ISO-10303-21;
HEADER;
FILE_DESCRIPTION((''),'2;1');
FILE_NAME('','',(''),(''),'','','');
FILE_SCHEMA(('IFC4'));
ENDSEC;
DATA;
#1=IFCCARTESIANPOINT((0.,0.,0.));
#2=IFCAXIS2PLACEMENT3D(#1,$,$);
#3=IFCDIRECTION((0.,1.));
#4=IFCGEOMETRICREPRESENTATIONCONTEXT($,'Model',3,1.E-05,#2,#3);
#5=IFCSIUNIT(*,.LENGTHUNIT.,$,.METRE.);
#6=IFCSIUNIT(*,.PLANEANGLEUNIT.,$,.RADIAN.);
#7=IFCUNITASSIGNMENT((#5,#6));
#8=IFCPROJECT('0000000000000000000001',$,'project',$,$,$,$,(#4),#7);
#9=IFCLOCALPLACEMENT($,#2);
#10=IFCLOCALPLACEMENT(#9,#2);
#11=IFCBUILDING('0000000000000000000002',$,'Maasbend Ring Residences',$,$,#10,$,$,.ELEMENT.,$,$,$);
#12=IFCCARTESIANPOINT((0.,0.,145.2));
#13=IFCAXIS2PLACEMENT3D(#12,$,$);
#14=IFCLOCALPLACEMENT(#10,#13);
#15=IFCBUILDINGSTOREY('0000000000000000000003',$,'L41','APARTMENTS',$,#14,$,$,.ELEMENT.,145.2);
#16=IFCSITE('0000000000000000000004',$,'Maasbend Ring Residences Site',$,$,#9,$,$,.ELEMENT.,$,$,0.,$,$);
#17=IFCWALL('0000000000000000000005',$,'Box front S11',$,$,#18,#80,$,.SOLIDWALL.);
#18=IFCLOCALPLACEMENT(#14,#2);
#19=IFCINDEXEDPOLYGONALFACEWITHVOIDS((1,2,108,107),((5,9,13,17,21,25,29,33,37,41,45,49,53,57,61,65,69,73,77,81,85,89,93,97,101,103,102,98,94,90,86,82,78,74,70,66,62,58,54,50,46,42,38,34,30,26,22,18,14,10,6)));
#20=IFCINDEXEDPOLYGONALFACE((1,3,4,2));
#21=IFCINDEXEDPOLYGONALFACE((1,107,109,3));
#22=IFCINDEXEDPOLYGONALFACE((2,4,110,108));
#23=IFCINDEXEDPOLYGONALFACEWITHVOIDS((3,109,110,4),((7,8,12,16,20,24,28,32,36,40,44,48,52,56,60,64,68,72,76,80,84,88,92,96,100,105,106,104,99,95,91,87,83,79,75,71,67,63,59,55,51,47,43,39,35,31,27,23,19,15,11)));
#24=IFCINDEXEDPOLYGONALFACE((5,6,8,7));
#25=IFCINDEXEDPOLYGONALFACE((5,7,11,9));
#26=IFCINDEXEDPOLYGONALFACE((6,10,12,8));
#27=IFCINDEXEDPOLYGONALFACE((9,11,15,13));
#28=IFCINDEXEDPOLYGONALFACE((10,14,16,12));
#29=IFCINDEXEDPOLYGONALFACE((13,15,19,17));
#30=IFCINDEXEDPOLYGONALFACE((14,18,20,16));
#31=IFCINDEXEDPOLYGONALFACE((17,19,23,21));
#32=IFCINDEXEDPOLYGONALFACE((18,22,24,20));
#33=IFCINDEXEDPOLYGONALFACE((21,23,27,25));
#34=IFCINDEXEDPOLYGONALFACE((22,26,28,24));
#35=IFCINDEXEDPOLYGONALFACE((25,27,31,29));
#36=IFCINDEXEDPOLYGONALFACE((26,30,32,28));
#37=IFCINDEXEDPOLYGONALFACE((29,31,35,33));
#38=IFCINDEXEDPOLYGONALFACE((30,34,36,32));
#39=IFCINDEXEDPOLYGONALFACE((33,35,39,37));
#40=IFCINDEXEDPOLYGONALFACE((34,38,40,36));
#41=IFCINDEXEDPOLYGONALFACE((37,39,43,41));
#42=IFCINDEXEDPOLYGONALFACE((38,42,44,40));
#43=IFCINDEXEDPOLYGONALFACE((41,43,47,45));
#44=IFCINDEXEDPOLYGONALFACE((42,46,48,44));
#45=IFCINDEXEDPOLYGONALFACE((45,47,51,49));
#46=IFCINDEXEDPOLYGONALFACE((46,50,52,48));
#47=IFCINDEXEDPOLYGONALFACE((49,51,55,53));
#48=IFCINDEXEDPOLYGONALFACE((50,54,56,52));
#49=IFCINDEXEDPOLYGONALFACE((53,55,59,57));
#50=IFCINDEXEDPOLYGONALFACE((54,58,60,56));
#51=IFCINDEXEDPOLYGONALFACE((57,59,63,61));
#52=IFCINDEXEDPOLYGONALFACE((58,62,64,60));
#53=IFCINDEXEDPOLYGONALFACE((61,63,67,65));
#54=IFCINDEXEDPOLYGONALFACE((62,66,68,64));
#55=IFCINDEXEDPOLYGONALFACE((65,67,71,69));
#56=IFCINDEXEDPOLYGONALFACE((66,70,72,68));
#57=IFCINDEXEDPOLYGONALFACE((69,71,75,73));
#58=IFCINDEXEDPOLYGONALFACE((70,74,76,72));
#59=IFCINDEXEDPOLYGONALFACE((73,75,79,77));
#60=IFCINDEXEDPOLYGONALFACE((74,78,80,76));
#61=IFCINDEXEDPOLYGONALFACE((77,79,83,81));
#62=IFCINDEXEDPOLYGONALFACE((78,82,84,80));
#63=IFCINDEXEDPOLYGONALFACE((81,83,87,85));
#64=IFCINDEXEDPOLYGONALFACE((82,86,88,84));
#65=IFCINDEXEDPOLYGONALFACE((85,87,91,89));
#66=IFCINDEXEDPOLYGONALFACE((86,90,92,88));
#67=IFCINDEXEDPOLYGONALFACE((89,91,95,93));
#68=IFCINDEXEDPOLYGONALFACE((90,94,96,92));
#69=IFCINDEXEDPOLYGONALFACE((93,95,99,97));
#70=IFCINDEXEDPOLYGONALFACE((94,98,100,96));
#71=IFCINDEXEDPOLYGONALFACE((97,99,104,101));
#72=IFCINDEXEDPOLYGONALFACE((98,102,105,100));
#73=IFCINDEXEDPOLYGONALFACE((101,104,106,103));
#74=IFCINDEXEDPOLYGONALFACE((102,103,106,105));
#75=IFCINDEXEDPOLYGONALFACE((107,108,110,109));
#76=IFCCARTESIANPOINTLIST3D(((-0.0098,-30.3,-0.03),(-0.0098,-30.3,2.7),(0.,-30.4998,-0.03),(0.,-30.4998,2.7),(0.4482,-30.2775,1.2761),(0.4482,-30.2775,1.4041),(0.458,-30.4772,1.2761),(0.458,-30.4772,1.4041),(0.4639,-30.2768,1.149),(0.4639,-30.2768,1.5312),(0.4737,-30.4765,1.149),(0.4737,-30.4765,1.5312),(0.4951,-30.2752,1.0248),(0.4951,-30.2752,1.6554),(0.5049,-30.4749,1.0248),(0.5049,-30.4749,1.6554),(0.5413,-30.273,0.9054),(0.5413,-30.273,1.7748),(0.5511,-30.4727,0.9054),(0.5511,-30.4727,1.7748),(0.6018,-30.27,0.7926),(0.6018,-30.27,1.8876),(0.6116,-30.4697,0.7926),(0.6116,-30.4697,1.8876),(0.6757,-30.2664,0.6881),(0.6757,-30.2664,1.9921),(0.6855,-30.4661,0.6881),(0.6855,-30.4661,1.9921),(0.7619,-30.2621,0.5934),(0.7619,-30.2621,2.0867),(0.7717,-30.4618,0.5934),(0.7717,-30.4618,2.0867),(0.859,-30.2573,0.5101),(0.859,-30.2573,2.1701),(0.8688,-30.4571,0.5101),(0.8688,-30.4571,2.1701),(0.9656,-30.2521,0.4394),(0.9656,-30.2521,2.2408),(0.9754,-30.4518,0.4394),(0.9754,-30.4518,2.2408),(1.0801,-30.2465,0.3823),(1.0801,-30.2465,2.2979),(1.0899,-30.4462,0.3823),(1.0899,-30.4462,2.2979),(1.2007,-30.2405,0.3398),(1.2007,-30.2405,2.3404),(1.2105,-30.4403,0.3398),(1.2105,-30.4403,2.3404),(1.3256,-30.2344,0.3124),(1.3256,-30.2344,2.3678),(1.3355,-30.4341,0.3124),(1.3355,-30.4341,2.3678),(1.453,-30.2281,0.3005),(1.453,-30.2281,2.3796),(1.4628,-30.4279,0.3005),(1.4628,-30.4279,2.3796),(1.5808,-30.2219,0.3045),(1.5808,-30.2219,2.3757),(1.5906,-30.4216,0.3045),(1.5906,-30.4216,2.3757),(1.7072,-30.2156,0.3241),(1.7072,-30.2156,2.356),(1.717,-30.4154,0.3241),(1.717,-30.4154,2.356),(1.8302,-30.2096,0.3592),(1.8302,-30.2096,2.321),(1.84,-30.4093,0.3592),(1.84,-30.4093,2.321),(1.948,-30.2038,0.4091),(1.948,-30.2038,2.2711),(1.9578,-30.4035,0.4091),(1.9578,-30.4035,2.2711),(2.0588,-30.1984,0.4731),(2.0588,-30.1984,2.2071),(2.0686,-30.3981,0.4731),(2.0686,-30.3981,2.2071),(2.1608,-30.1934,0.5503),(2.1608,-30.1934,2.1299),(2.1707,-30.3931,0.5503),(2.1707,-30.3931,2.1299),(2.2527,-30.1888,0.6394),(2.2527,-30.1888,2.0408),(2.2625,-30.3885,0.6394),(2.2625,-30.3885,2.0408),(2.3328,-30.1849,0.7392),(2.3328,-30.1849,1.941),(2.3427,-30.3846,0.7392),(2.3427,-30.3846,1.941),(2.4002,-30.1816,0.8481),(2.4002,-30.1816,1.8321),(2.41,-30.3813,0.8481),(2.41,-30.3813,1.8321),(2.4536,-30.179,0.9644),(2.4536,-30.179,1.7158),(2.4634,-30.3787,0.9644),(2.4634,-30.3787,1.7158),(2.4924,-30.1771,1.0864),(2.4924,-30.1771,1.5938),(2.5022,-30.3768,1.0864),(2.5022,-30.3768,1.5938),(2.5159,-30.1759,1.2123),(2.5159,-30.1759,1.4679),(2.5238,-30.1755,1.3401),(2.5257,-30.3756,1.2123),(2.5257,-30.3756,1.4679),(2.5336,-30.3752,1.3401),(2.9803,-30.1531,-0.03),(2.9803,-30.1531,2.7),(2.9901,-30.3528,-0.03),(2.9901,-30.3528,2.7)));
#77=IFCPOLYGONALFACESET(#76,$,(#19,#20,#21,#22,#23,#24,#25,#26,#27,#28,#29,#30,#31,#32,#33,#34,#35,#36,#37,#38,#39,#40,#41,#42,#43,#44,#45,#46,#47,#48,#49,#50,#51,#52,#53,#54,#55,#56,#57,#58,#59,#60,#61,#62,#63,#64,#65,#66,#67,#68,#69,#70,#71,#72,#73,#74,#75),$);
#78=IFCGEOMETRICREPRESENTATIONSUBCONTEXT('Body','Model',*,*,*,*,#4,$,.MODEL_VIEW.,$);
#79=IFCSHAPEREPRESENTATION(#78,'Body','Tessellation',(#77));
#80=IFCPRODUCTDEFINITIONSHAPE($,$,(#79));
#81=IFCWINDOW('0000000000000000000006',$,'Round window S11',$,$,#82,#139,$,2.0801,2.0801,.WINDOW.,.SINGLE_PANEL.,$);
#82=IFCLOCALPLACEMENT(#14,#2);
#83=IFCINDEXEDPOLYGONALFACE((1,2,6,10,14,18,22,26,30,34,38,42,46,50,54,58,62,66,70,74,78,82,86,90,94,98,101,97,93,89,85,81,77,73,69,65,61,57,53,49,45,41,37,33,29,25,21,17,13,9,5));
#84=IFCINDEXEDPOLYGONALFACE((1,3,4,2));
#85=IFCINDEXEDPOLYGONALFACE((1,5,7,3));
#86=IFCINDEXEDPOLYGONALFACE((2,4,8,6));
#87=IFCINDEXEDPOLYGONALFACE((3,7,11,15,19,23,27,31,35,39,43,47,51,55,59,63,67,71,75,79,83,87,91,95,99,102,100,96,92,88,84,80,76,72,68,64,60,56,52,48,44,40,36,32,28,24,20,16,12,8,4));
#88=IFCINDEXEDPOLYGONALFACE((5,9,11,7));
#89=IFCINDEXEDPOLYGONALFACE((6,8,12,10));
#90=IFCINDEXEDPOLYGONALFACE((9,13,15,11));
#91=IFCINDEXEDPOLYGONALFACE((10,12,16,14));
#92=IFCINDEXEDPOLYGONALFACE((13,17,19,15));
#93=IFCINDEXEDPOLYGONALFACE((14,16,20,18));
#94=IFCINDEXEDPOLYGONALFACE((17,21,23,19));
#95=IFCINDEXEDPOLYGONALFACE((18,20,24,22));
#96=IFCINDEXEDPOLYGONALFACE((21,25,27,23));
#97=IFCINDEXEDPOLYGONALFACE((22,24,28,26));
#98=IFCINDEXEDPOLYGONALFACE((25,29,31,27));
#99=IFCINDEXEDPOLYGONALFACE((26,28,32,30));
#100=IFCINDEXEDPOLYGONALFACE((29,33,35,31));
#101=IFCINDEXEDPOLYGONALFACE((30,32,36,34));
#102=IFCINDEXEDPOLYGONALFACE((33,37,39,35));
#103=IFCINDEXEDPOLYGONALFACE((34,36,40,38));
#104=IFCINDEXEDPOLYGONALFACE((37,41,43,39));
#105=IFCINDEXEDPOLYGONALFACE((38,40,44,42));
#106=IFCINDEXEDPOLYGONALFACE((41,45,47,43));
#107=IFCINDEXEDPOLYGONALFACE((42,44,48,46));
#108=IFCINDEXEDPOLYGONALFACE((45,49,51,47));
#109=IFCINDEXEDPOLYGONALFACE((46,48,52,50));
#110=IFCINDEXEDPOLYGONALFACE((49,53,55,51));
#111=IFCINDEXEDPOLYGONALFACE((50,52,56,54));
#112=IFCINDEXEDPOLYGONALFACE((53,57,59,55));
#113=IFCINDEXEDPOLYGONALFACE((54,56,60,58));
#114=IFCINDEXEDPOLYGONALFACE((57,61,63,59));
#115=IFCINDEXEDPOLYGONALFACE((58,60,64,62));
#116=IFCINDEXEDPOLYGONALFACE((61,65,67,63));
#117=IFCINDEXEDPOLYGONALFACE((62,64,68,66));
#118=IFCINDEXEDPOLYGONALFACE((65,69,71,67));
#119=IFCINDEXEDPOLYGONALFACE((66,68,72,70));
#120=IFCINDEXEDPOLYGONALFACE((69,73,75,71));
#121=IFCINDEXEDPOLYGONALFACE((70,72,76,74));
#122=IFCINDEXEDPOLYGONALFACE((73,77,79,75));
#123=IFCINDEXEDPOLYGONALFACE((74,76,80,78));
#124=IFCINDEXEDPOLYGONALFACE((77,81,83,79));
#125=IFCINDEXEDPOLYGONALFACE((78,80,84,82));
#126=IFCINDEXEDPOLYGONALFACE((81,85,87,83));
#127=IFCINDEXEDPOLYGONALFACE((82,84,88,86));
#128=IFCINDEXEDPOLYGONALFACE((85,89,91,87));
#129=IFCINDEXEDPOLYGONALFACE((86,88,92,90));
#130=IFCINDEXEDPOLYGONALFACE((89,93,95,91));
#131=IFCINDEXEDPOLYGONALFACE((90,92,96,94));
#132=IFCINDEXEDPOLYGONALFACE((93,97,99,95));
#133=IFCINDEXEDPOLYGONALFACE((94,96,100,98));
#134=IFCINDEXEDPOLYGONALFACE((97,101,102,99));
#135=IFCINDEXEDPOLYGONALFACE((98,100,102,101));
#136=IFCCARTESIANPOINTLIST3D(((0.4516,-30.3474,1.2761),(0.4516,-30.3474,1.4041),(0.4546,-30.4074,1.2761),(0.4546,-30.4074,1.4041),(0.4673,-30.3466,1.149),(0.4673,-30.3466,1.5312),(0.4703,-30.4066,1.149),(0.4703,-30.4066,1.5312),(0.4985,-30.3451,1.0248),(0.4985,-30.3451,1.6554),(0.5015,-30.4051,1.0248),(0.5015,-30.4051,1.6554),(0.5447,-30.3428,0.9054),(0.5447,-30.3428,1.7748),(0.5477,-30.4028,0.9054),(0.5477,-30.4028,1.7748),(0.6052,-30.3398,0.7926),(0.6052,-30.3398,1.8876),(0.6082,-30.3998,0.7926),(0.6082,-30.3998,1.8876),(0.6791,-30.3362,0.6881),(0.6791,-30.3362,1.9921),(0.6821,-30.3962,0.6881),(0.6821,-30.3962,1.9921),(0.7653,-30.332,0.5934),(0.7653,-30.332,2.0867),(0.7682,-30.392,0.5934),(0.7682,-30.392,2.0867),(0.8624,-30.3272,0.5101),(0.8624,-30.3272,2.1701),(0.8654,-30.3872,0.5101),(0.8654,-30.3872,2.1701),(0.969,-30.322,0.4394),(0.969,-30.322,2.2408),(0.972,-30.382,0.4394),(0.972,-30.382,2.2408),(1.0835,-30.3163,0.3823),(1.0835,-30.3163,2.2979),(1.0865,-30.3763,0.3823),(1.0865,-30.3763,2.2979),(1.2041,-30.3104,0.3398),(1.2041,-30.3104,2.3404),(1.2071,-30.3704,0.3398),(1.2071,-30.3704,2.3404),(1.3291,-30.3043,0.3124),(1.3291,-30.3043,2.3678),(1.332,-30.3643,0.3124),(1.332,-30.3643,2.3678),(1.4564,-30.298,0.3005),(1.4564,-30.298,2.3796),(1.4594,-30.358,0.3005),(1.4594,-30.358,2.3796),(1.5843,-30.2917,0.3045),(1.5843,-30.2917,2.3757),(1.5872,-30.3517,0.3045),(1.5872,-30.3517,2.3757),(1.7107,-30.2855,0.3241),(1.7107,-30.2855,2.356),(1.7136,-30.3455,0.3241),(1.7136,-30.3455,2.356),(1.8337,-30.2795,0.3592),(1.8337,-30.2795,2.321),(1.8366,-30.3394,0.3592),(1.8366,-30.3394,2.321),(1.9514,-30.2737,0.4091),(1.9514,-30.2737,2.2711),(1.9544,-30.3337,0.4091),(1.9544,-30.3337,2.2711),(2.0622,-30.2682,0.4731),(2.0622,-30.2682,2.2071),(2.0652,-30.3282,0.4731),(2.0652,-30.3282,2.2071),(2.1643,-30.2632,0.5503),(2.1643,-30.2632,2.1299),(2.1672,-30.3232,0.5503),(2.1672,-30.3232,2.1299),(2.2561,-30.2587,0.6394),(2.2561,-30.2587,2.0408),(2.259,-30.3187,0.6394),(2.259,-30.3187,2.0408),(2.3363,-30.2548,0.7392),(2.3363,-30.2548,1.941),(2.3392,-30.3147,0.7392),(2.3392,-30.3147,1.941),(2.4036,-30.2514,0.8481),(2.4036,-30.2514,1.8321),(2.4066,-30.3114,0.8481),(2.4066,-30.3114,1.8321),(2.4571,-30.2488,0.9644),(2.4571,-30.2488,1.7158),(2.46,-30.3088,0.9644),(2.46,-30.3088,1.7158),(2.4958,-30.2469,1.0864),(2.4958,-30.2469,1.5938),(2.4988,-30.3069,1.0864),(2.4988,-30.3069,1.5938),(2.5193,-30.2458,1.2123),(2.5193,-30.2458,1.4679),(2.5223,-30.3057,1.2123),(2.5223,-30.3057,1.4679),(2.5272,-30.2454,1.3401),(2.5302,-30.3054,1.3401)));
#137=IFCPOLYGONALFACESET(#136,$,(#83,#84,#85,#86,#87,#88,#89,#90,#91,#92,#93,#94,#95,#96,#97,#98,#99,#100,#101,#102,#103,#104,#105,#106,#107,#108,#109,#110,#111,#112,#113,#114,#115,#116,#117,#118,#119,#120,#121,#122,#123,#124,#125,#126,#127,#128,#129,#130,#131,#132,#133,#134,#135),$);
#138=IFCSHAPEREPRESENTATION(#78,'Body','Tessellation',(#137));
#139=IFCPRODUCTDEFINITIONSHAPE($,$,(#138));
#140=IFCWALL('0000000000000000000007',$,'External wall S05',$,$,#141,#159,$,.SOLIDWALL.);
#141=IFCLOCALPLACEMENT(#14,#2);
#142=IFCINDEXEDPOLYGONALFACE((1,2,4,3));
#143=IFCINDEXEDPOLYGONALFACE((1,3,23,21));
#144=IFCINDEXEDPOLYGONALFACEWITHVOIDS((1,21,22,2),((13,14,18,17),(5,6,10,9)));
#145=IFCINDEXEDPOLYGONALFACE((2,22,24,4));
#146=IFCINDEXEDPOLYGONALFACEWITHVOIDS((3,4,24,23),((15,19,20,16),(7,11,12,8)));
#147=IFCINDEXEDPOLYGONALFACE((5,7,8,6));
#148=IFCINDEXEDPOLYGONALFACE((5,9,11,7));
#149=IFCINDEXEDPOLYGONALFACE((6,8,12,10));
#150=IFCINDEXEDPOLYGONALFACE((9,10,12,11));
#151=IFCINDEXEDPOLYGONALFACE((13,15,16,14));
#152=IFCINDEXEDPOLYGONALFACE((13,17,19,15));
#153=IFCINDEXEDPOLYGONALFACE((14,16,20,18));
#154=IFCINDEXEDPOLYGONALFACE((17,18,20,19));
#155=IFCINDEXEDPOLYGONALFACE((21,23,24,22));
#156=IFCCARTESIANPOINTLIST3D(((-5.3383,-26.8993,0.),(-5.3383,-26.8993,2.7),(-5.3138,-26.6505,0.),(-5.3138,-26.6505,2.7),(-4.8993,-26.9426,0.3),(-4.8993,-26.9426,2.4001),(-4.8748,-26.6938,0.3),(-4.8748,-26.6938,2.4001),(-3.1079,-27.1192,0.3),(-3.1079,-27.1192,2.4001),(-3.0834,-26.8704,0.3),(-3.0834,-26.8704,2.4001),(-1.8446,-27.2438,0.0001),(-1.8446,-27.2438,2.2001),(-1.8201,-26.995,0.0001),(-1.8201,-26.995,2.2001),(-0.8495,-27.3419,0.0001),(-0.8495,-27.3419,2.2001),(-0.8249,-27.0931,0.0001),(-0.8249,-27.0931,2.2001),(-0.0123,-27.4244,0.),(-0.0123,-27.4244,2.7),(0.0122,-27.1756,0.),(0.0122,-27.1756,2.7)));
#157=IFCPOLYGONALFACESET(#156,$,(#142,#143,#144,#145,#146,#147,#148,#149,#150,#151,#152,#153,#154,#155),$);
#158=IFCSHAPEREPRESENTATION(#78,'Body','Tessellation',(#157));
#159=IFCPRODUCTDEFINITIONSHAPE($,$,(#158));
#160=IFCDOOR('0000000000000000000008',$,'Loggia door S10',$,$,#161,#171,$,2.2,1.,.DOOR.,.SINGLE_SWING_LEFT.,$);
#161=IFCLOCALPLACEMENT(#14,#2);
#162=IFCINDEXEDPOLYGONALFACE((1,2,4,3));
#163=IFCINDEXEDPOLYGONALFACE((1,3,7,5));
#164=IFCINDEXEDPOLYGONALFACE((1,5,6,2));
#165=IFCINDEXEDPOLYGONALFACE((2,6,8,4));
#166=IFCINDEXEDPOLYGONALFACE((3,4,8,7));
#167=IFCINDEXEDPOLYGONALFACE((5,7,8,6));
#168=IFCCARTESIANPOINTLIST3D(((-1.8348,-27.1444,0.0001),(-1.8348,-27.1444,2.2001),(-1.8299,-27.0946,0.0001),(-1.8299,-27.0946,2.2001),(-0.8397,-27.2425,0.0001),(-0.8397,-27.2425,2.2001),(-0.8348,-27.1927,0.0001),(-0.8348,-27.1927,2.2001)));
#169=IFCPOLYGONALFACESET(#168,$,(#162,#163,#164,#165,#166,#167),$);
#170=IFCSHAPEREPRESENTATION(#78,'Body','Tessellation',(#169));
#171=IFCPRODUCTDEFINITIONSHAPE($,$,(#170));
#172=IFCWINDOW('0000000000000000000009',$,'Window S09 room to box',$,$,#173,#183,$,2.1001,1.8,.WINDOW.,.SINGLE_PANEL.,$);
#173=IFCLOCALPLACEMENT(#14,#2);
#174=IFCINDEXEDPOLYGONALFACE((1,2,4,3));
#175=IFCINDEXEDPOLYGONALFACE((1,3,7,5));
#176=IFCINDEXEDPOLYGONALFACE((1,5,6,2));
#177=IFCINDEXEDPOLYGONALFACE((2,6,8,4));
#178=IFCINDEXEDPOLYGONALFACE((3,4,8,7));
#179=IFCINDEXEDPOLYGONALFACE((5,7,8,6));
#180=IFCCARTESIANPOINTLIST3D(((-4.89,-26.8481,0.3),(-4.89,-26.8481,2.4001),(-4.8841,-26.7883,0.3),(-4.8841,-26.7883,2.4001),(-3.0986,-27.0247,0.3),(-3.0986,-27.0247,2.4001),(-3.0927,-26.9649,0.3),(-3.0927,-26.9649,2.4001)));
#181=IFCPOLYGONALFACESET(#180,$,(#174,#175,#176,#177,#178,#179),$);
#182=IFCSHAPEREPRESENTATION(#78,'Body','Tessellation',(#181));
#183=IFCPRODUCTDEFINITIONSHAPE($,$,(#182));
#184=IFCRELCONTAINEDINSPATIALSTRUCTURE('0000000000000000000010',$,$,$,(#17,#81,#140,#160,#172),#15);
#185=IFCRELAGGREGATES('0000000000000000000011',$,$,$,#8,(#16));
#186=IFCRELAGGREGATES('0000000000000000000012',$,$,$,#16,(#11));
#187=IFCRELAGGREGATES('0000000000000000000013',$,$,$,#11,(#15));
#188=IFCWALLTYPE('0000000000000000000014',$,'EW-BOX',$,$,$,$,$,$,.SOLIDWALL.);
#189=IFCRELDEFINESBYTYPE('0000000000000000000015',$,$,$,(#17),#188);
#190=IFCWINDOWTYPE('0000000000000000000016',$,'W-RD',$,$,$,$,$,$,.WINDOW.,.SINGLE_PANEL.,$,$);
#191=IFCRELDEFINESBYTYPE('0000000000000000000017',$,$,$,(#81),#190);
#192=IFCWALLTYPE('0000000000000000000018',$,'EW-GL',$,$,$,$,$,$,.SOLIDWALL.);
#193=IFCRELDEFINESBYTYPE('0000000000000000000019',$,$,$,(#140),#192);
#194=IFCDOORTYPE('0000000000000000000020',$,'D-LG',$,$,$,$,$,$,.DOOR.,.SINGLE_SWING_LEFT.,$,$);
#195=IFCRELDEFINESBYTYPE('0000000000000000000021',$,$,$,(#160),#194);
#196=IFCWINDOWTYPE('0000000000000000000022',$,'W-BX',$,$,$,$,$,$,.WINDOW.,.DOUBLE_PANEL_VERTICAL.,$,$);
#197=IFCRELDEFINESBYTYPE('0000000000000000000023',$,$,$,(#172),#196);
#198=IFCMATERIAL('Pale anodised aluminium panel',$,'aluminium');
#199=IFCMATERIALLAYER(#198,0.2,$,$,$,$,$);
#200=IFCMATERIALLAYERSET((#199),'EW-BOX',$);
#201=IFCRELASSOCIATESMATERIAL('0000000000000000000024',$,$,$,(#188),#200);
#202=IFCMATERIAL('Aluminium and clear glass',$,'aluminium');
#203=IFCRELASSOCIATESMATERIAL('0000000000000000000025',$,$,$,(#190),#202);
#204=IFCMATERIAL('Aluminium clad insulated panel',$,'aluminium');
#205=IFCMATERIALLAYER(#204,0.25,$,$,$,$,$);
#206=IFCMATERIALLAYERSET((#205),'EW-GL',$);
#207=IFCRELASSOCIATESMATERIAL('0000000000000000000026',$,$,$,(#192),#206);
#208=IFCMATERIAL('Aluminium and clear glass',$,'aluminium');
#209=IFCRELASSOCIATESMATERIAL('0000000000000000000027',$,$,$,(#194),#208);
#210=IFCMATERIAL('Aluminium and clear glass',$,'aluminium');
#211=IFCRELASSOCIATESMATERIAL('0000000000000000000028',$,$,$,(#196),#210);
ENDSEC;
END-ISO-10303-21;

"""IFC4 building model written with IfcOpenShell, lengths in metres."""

from ifc_helpers import new_model, si_unit, direction, frame, frame_2d, origin, place, context, subcontext, project, spatial, rectangle, circle, extrude, material, layer, layer_set, type_object, element, fill, save


model = new_model("IFC4")

# Units and contexts
model_context = context("Model", 3, precision=1e-05, world=origin(), true_north=direction((0.0, 1.0)))
body_context = subcontext(model_context, "Body", "Model", "MODEL_VIEW")
ifc_project = project(units=[si_unit("LENGTHUNIT", "METRE"), si_unit("PLANEANGLEUNIT", "RADIAN")], contexts=[model_context])

# Site, building, storey
site_placement = place(None, origin())
site = spatial("IfcSite", under=ifc_project, at=site_placement, Name="Maasbend Ring Residences Site", CompositionType="ELEMENT", RefElevation=0.0)
building_placement = place(site_placement, origin())
building = spatial("IfcBuilding", under=site, at=building_placement, Name="Maasbend Ring Residences", CompositionType="ELEMENT")
storey_placement = place(building_placement, frame((0.0, 0.0, 145.2)))
storey = spatial("IfcBuildingStorey", under=building, at=storey_placement, Name="L41", Description="APARTMENTS", CompositionType="ELEMENT", Elevation=145.2)

# Shared definitions
ifc_material_1 = material(Name="Pale anodised aluminium panel", Category="aluminium")
ifc_layer_1 = layer(ifc_material_1, 0.2)
ifc_layer_set_1 = layer_set([ifc_layer_1], Name="EW-BOX")
wall_type_1 = type_object("IfcWallType", Name="EW-BOX", PredefinedType="SOLIDWALL", material=ifc_layer_set_1)
ifc_material_2 = material(Name="Aluminium and clear glass", Category="aluminium")
window_type_1 = type_object("IfcWindowType", Name="W-RD", PartitioningType="SINGLE_PANEL", PredefinedType="WINDOW", material=ifc_material_2)

# Wall, opening, window
wall_1_placement = place(storey_placement, frame((-0.0049, -30.3999, -0.03), z_axis=(0.0, 0.0, 1.0), x_axis=(0.998794, 0.049096, 0.0)))
wall_1 = element("IfcWall", 1, at=wall_1_placement, inside=storey, type_object=wall_type_1, Name="Box front S11", PredefinedType="SOLIDWALL", context=body_context, shape_type="SweptSolid", body=[
    extrude(rectangle(XDim=2.9937, YDim=0.2, at=frame_2d((1.4968, 0.0))), origin(), (0.0, 0.0, 1.0), 2.73),
])
opening_1_placement = place(wall_1_placement, frame((0.4565, 0.0, 0.3301)))
opening_1 = element("IfcOpeningElement", 2, at=opening_1_placement, cuts=wall_1, PredefinedType="OPENING", context=body_context, shape_type="SweptSolid", body=[
    extrude(circle(Radius=1.04, at=frame_2d((1.04, 1.04))), frame((0.0, 0.1099, 0.0), z_axis=(0.0, -1.0, 0.0), x_axis=(1.0, 0.0, 0.0)), (0.0, 0.0, 1.0), 0.22),
])
window_1_placement = place(opening_1_placement, origin())
window_1 = element("IfcWindow", 3, at=window_1_placement, inside=storey, type_object=window_type_1, Name="Round window S11", OverallHeight=2.0801, OverallWidth=2.0801, PartitioningType="SINGLE_PANEL", PredefinedType="WINDOW", context=body_context, shape_type="SweptSolid", body=[
    extrude(circle(Radius=1.04, at=frame_2d((1.04, 1.04))), frame((0.0, 0.03, 0.0), z_axis=(0.0, -1.0, 0.0), x_axis=(1.0, 0.0, 0.0)), (0.0, 0.0, 1.0), 0.0601),
])
fill(opening_1, window_1)

# Wall, openings, door, window
ifc_material_3 = material(Name="Aluminium clad insulated panel", Category="aluminium")
ifc_layer_2 = layer(ifc_material_3, 0.25)
ifc_layer_set_2 = layer_set([ifc_layer_2], Name="EW-GL")
wall_type_2 = type_object("IfcWallType", Name="EW-GL", PredefinedType="SOLIDWALL", material=ifc_layer_set_2)
wall_2_placement = place(storey_placement, frame((-5.3259, -26.7749, 0.0), z_axis=(0.0, 0.0, 1.0), x_axis=(0.995174, -0.098126, 0.0)))
wall_2 = element("IfcWall", 4, at=wall_2_placement, inside=storey, type_object=wall_type_2, Name="External wall S05", PredefinedType="SOLIDWALL", context=body_context, shape_type="SweptSolid", body=[
    extrude(rectangle(XDim=5.3518, YDim=0.25, at=frame_2d((2.6758, 0.0))), origin(), (0.0, 0.0, 1.0), 2.7),
])
opening_2_placement = place(wall_2_placement, frame((0.4412, 0.0, 0.3)))
opening_2 = element("IfcOpeningElement", 5, at=opening_2_placement, cuts=wall_2, PredefinedType="OPENING", context=body_context, shape_type="SweptSolid", body=[
    extrude(rectangle(XDim=1.8, YDim=2.1001, at=frame_2d((0.8999, 1.05))), frame((0.0, 0.135, 0.0), z_axis=(0.0, -1.0, 0.0), x_axis=(1.0, 0.0, 0.0)), (0.0, 0.0, 1.0), 0.27),
])
opening_3_placement = place(wall_2_placement, frame((3.5105, 0.0, 0.0)))
opening_3 = element("IfcOpeningElement", 6, at=opening_3_placement, cuts=wall_2, PredefinedType="OPENING", context=body_context, shape_type="SweptSolid", body=[
    extrude(rectangle(XDim=1.0, YDim=2.2, at=frame_2d((0.5, 1.1001))), frame((0.0, 0.135, 0.0), z_axis=(0.0, -1.0, 0.0), x_axis=(1.0, 0.0, 0.0)), (0.0, 0.0, 1.0), 0.27),
])
ifc_material_4 = material(Name="Aluminium and clear glass", Category="aluminium")
door_type_1 = type_object("IfcDoorType", Name="D-LG", OperationType="SINGLE_SWING_LEFT", PredefinedType="DOOR", material=ifc_material_4)
door_1_placement = place(opening_3_placement, origin())
door_1 = element("IfcDoor", 7, at=door_1_placement, inside=storey, type_object=door_type_1, Name="Loggia door S10", OperationType="SINGLE_SWING_LEFT", OverallHeight=2.2, OverallWidth=1.0, PredefinedType="DOOR", context=body_context, shape_type="SweptSolid", body=[
    extrude(rectangle(XDim=1.0, YDim=2.2, at=frame_2d((0.5, 1.1001))), frame((0.0, 0.0249, 0.0), z_axis=(0.0, -1.0, 0.0), x_axis=(1.0, 0.0, 0.0)), (0.0, 0.0, 1.0), 0.05),
])
fill(opening_3, door_1)
ifc_material_5 = material(Name="Aluminium and clear glass", Category="aluminium")
window_type_2 = type_object("IfcWindowType", Name="W-BX", PartitioningType="DOUBLE_PANEL_VERTICAL", PredefinedType="WINDOW", material=ifc_material_5)
window_2_placement = place(opening_2_placement, origin())
window_2 = element("IfcWindow", 8, at=window_2_placement, inside=storey, type_object=window_type_2, Name="Window S09 room to box", OverallHeight=2.1001, OverallWidth=1.8, PartitioningType="SINGLE_PANEL", PredefinedType="WINDOW", context=body_context, shape_type="SweptSolid", body=[
    extrude(rectangle(XDim=1.8, YDim=2.1001, at=frame_2d((0.8999, 1.05))), frame((0.0, 0.03, 0.0), z_axis=(0.0, -1.0, 0.0), x_axis=(1.0, 0.0, 0.0)), (0.0, 0.0, 1.0), 0.0601),
])
fill(opening_2, window_2)

save(model, "model.ifc")
